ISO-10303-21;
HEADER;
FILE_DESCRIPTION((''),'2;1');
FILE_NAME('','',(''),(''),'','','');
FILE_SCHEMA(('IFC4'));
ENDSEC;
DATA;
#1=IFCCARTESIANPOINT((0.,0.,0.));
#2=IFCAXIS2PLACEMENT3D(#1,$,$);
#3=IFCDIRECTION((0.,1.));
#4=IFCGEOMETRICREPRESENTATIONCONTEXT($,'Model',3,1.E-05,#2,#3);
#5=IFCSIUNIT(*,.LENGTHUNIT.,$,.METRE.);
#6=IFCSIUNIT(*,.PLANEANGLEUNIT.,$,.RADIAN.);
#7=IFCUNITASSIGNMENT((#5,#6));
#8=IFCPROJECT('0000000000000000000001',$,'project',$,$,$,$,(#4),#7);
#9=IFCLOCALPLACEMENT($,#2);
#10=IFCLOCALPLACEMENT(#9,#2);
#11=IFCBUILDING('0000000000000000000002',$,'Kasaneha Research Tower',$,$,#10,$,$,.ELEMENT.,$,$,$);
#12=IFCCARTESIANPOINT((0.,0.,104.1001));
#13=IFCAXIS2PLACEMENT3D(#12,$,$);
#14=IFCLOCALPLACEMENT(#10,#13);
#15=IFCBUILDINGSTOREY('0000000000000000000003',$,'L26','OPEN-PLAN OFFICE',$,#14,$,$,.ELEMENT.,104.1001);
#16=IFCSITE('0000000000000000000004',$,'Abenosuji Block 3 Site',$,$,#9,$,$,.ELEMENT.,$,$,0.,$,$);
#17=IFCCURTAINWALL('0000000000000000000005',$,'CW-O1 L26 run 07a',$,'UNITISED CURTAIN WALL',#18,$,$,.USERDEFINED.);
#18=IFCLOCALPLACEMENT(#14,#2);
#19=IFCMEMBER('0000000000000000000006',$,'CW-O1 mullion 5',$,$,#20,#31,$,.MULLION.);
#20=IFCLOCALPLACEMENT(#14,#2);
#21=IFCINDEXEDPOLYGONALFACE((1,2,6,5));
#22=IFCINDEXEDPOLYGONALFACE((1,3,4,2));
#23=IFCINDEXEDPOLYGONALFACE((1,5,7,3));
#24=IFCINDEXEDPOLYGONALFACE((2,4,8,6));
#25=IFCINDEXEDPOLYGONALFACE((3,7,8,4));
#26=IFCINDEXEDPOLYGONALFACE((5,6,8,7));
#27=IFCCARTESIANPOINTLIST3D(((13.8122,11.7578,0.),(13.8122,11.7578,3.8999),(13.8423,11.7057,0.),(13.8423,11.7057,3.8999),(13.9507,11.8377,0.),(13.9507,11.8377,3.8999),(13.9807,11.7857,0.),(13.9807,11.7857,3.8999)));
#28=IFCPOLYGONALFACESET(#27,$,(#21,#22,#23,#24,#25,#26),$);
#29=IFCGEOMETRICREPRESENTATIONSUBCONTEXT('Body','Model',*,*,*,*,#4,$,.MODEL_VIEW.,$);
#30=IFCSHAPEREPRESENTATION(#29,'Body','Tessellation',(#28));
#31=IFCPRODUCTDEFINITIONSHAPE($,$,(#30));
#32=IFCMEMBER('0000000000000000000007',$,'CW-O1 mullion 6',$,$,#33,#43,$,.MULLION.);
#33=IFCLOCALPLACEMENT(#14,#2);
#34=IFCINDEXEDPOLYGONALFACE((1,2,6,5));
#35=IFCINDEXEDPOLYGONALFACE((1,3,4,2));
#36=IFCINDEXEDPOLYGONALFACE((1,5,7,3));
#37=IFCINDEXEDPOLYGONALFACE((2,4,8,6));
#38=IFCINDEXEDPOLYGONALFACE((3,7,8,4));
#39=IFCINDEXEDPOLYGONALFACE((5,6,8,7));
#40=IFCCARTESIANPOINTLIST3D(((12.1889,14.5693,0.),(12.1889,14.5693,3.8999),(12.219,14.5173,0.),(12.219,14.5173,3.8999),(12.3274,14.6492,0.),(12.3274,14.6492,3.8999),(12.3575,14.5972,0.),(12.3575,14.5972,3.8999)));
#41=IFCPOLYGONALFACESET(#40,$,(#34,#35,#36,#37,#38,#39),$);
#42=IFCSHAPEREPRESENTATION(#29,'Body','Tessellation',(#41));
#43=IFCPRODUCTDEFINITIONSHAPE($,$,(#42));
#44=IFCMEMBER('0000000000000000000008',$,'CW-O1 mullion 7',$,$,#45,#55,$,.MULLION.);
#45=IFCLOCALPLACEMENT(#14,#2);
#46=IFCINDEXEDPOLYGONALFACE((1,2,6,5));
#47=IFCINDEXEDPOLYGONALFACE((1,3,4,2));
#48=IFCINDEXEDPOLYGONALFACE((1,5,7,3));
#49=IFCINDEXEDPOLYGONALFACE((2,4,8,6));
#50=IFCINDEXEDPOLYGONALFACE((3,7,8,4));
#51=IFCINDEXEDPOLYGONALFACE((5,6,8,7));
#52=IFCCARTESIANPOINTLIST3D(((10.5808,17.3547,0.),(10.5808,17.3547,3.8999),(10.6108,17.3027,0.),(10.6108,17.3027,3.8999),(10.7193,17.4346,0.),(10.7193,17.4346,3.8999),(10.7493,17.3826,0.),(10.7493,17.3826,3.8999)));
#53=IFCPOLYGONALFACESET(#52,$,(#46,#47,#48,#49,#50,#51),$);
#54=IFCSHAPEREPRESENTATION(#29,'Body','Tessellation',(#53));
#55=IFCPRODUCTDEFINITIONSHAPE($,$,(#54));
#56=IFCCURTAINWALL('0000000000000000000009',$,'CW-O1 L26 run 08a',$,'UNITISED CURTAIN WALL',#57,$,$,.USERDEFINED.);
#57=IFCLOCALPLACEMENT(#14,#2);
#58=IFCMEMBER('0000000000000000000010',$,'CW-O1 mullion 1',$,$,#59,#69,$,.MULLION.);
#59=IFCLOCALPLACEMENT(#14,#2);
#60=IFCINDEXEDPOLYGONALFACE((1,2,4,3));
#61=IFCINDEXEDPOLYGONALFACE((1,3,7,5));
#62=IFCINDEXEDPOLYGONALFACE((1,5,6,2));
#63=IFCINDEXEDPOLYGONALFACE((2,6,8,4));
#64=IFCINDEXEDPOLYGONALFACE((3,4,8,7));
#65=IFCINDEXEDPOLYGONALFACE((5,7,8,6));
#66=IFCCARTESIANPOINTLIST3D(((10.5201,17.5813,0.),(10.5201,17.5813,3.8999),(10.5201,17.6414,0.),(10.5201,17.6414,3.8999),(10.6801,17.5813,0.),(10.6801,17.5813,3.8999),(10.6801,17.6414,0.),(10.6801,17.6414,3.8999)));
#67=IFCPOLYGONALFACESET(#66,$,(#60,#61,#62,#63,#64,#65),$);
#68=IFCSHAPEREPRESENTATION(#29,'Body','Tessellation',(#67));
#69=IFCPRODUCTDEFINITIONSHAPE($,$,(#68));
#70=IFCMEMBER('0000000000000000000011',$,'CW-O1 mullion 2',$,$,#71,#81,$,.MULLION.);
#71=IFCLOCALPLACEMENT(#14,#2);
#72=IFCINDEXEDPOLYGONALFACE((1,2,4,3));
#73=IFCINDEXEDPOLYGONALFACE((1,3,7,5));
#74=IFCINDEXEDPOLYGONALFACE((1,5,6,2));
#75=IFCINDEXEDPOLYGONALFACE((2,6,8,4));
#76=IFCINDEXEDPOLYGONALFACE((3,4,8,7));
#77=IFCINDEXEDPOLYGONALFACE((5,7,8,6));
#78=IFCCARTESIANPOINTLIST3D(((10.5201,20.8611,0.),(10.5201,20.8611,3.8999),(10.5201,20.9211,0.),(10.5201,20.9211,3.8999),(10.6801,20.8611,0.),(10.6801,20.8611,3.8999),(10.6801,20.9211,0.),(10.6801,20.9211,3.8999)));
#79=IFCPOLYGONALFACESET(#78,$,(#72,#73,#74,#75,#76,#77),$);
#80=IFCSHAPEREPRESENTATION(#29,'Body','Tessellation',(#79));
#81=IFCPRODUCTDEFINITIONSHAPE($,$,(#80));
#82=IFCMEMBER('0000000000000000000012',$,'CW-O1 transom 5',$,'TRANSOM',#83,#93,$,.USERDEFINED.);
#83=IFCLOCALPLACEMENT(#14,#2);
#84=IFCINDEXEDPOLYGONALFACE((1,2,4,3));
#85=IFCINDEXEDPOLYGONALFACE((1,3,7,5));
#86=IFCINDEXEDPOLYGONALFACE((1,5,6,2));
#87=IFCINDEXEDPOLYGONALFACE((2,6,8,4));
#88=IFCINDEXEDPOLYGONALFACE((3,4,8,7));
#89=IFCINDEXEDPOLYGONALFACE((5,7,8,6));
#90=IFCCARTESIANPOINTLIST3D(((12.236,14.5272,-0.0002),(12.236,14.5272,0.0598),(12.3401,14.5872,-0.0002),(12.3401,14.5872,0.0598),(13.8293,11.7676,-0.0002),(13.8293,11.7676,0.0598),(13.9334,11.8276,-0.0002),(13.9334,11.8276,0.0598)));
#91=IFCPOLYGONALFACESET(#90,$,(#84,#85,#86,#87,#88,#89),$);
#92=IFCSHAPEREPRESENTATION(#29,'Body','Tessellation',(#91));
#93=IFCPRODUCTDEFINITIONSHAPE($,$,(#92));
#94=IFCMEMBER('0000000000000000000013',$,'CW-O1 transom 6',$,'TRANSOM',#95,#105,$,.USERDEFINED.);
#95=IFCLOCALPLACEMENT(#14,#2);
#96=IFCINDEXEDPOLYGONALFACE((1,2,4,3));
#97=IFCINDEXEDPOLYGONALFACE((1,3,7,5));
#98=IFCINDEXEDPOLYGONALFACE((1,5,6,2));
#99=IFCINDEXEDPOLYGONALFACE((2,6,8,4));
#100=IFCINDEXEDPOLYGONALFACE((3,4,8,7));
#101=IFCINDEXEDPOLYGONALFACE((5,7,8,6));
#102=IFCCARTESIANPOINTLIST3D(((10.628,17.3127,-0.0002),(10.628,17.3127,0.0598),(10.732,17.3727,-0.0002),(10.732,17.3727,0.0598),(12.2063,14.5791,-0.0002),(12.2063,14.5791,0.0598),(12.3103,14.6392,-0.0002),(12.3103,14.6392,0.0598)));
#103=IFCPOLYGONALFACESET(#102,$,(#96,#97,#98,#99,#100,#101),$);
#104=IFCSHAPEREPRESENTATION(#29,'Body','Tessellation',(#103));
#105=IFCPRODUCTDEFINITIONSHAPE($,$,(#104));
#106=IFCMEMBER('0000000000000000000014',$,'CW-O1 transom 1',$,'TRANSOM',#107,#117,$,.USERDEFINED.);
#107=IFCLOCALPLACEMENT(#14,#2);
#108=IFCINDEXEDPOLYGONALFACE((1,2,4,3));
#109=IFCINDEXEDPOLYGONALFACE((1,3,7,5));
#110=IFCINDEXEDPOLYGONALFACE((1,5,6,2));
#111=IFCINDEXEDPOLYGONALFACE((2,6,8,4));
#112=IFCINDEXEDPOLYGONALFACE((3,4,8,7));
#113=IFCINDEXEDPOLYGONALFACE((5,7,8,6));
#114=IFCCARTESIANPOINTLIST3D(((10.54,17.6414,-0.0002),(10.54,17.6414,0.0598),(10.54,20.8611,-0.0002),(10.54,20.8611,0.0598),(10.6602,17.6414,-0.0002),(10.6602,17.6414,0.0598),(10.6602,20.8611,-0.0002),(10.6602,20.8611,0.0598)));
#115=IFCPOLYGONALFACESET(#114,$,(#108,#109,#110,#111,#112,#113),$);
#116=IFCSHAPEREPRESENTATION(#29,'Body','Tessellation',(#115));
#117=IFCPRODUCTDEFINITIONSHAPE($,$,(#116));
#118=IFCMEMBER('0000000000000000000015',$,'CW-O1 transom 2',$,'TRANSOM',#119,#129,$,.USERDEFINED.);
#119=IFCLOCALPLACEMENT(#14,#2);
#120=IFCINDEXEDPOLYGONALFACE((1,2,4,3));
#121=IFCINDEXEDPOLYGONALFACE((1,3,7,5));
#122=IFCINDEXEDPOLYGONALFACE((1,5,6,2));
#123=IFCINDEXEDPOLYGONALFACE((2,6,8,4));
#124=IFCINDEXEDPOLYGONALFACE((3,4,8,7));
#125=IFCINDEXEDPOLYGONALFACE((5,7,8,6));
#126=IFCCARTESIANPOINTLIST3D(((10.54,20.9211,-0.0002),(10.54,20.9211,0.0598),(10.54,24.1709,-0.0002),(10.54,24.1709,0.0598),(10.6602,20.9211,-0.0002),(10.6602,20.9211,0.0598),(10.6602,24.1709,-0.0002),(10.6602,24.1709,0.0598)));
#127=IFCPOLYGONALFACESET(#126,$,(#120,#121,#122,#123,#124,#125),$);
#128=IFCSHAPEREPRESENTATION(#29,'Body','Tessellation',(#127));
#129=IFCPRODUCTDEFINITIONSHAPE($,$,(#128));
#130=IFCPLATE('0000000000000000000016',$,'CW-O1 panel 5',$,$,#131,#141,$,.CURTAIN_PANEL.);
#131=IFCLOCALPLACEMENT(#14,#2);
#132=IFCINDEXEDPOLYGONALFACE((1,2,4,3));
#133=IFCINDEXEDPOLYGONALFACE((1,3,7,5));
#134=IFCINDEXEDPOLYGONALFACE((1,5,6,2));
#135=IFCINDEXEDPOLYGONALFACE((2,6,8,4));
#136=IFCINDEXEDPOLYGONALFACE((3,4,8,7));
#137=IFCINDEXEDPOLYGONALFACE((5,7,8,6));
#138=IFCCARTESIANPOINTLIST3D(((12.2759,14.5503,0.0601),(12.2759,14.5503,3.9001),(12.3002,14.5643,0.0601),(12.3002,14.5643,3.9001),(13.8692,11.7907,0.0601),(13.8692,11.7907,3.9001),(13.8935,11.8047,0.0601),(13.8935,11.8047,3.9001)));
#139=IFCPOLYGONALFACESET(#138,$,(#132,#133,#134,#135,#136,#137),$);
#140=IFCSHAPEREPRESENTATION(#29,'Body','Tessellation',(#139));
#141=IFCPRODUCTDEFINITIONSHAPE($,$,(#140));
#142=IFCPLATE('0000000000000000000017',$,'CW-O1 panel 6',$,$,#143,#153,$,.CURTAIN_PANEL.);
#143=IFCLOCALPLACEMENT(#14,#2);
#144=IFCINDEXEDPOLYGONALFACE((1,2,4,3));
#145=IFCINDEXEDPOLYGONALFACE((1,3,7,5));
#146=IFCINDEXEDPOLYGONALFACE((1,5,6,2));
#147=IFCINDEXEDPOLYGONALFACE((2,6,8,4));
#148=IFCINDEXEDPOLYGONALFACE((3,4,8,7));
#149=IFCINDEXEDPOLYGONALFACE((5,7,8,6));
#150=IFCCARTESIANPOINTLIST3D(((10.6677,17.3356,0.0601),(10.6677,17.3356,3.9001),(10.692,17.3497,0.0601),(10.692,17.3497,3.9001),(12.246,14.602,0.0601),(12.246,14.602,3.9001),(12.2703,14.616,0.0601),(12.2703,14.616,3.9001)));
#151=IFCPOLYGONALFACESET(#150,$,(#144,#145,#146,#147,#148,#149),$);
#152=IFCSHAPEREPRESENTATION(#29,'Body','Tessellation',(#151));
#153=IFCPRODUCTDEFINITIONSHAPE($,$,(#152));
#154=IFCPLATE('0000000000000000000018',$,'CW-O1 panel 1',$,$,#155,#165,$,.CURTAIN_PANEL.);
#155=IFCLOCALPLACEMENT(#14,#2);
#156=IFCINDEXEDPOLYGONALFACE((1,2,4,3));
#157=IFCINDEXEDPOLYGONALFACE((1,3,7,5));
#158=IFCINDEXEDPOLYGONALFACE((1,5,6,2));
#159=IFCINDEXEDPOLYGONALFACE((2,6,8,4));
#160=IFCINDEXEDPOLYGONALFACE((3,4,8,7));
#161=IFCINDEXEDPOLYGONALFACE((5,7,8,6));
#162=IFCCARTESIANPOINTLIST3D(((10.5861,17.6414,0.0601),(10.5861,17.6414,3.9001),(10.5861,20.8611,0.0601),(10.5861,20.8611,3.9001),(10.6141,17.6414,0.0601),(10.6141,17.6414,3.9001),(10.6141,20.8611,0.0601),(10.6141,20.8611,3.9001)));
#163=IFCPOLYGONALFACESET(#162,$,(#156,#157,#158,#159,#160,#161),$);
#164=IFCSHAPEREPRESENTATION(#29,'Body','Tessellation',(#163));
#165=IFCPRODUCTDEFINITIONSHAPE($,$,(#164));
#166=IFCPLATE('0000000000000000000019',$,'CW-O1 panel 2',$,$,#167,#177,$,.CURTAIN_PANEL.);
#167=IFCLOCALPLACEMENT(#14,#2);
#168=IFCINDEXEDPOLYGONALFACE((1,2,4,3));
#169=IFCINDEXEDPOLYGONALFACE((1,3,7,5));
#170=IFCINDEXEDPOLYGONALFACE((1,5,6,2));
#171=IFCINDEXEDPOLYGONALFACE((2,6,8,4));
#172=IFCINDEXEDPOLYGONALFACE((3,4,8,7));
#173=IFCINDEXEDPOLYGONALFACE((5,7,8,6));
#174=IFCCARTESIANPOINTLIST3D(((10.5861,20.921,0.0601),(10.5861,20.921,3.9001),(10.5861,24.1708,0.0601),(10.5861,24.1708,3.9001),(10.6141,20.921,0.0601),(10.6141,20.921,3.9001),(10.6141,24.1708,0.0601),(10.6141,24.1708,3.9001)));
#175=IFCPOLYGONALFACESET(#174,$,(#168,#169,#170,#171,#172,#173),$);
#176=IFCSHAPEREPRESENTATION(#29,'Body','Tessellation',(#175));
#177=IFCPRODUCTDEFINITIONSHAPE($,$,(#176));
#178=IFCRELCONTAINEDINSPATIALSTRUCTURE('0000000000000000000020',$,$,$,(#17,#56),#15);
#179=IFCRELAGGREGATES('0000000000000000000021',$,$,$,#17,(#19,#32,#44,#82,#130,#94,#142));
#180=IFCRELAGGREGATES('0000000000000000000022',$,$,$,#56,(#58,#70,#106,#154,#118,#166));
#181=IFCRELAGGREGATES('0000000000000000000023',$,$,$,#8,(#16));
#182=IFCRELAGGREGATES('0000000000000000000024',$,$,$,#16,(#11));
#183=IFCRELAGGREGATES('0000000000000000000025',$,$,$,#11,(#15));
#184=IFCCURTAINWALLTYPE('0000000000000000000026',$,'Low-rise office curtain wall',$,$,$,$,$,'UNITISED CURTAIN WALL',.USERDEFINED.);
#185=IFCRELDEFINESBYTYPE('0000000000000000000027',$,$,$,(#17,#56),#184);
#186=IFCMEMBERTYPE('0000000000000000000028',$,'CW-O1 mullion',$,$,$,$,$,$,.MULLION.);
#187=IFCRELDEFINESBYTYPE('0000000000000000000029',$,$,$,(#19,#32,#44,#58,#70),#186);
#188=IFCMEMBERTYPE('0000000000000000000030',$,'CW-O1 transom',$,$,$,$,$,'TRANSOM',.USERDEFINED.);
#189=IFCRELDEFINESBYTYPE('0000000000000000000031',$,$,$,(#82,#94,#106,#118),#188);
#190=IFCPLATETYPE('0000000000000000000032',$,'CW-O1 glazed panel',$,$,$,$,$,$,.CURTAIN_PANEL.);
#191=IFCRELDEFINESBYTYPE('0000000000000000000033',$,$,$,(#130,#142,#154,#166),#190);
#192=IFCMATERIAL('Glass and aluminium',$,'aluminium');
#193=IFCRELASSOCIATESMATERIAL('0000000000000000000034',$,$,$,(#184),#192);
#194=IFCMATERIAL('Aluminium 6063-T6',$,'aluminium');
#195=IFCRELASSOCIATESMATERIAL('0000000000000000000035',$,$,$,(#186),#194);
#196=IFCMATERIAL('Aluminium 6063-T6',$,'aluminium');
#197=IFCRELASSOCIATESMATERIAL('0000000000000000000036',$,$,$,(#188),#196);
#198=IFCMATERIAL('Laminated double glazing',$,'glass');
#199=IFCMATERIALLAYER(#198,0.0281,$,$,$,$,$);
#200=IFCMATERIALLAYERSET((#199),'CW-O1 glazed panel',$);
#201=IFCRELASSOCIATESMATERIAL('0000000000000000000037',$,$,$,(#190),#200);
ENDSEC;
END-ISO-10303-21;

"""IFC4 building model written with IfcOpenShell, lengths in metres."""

from ifc_helpers import new_model, si_unit, direction, frame, origin, origin_2d, place, context, subcontext, project, spatial, rectangle, extrude, material, layer, layer_set, material_profile, profile_set, type_object, element, aggregate, save


model = new_model("IFC4")

# Units and contexts
model_context = context("Model", 3, precision=1e-05, world=origin(), true_north=direction((0.0, 1.0)))
body_context = subcontext(model_context, "Body", "Model", "MODEL_VIEW")
ifc_project = project(units=[si_unit("LENGTHUNIT", "METRE"), si_unit("PLANEANGLEUNIT", "RADIAN")], contexts=[model_context])

# Site, building, storey
site_placement = place(None, origin())
site = spatial("IfcSite", under=ifc_project, at=site_placement, Name="Abenosuji Block 3 Site", CompositionType="ELEMENT", RefElevation=0.0)
building_placement = place(site_placement, origin())
building = spatial("IfcBuilding", under=site, at=building_placement, Name="Kasaneha Research Tower", CompositionType="ELEMENT")
storey_placement = place(building_placement, frame((0.0, 0.0, 104.1001)))
storey = spatial("IfcBuildingStorey", under=building, at=storey_placement, Name="L26", Description="OPEN-PLAN OFFICE", CompositionType="ELEMENT", Elevation=104.1001)

# Curtain walls, members
ifc_material_1 = material(Name="Glass and aluminium", Category="aluminium")
curtain_wall_type = type_object("IfcCurtainWallType", Name="Low-rise office curtain wall", ElementType="UNITISED CURTAIN WALL", PredefinedType="USERDEFINED", material=ifc_material_1)
curtain_wall_1_placement = place(storey_placement, origin())
curtain_wall_1 = element("IfcCurtainWall", 1, at=curtain_wall_1_placement, inside=storey, type_object=curtain_wall_type, Name="CW-O1 L26 run 07a", ObjectType="UNITISED CURTAIN WALL", PredefinedType="USERDEFINED")
ifc_material_2 = material(Name="Aluminium 6063-T6", Category="aluminium")
ifc_material_profile_1 = material_profile(ifc_material_2, rectangle(XDim=0.0601, YDim=0.1599, at=origin_2d()), Name="CW-O1 mullion 60x160")
ifc_profile_set_1 = profile_set([ifc_material_profile_1], Name="Aluminium 6063-T6")
member_type_1 = type_object("IfcMemberType", Name="CW-O1 mullion", PredefinedType="MULLION", material=ifc_profile_set_1)
member_1_placement = place(storey_placement, frame((13.8965, 11.7717, 0.0), z_axis=(0.0, 0.0, 1.0), x_axis=(-0.5, 0.866025, 0.0)))
member_1 = element("IfcMember", 2, at=member_1_placement, type_object=member_type_1, Name="CW-O1 mullion 5", PredefinedType="MULLION", context=body_context, shape_type="SweptSolid", body=[
    extrude(rectangle(XDim=0.0601, YDim=0.1599, at=origin_2d()), origin(), (0.0, 0.0, 1.0), 3.8999),
])
member_2_placement = place(storey_placement, frame((12.2732, 14.5833, 0.0), z_axis=(0.0, 0.0, 1.0), x_axis=(-0.5, 0.866025, 0.0)))
member_2 = element("IfcMember", 3, at=member_2_placement, type_object=member_type_1, Name="CW-O1 mullion 6", PredefinedType="MULLION", context=body_context, shape_type="SweptSolid", body=[
    extrude(rectangle(XDim=0.0601, YDim=0.1599, at=origin_2d()), origin(), (0.0, 0.0, 1.0), 3.8999),
])
member_3_placement = place(storey_placement, frame((10.665, 17.3687, 0.0), z_axis=(0.0, 0.0, 1.0), x_axis=(-0.5, 0.866025, 0.0)))
member_3 = element("IfcMember", 4, at=member_3_placement, type_object=member_type_1, Name="CW-O1 mullion 7", PredefinedType="MULLION", context=body_context, shape_type="SweptSolid", body=[
    extrude(rectangle(XDim=0.0601, YDim=0.1599, at=origin_2d()), origin(), (0.0, 0.0, 1.0), 3.8999),
])
curtain_wall_2_placement = place(storey_placement, origin())
curtain_wall_2 = element("IfcCurtainWall", 5, at=curtain_wall_2_placement, inside=storey, type_object=curtain_wall_type, Name="CW-O1 L26 run 08a", ObjectType="UNITISED CURTAIN WALL", PredefinedType="USERDEFINED")
member_4_placement = place(storey_placement, frame((10.6001, 17.6113, 0.0), z_axis=(0.0, 0.0, 1.0), x_axis=(0.0, 1.0, 0.0)))
member_4 = element("IfcMember", 6, at=member_4_placement, type_object=member_type_1, Name="CW-O1 mullion 1", PredefinedType="MULLION", context=body_context, shape_type="SweptSolid", body=[
    extrude(rectangle(XDim=0.0601, YDim=0.1599, at=origin_2d()), origin(), (0.0, 0.0, 1.0), 3.8999),
])
member_5_placement = place(storey_placement, frame((10.6001, 20.8911, 0.0), z_axis=(0.0, 0.0, 1.0), x_axis=(0.0, 1.0, 0.0)))
member_5 = element("IfcMember", 7, at=member_5_placement, type_object=member_type_1, Name="CW-O1 mullion 2", PredefinedType="MULLION", context=body_context, shape_type="SweptSolid", body=[
    extrude(rectangle(XDim=0.0601, YDim=0.1599, at=origin_2d()), origin(), (0.0, 0.0, 1.0), 3.8999),
])

# Members
ifc_material_3 = material(Name="Aluminium 6063-T6", Category="aluminium")
ifc_material_profile_2 = material_profile(ifc_material_3, rectangle(XDim=0.1201, YDim=0.0601, at=origin_2d()), Name="CW-O1 transom 120x60")
ifc_profile_set_2 = profile_set([ifc_material_profile_2], Name="Aluminium 6063-T6")
member_type_2 = type_object("IfcMemberType", Name="CW-O1 transom", ElementType="TRANSOM", PredefinedType="USERDEFINED", material=ifc_profile_set_2)
member_6_placement = place(storey_placement, frame((13.8813, 11.7976, 0.0298), z_axis=(-0.500012, 0.866018, 0.0), x_axis=(-0.866018, -0.500012, 0.0)))
member_6 = element("IfcMember", 8, at=member_6_placement, type_object=member_type_2, Name="CW-O1 transom 5", ObjectType="TRANSOM", PredefinedType="USERDEFINED", context=body_context, shape_type="SweptSolid", body=[
    extrude(rectangle(XDim=0.1201, YDim=0.0601, at=origin_2d()), origin(), (0.0, 0.0, 1.0), 3.1865),
])
member_7_placement = place(storey_placement, frame((12.2583, 14.6091, 0.0298), z_axis=(-0.500024, 0.866012, 0.0), x_axis=(-0.866012, -0.500024, 0.0)))
member_7 = element("IfcMember", 9, at=member_7_placement, type_object=member_type_2, Name="CW-O1 transom 6", ObjectType="TRANSOM", PredefinedType="USERDEFINED", context=body_context, shape_type="SweptSolid", body=[
    extrude(rectangle(XDim=0.1201, YDim=0.0601, at=origin_2d()), origin(), (0.0, 0.0, 1.0), 3.1565),
])
member_8_placement = place(storey_placement, frame((10.6001, 17.6414, 0.0298), z_axis=(0.0, 1.0, 0.0), x_axis=(-1.0, 0.0, 0.0)))
member_8 = element("IfcMember", 10, at=member_8_placement, type_object=member_type_2, Name="CW-O1 transom 1", ObjectType="TRANSOM", PredefinedType="USERDEFINED", context=body_context, shape_type="SweptSolid", body=[
    extrude(rectangle(XDim=0.1201, YDim=0.0601, at=origin_2d()), origin(), (0.0, 0.0, 1.0), 3.2197),
])
member_9_placement = place(storey_placement, frame((10.6001, 20.9211, 0.0298), z_axis=(0.0, 1.0, 0.0), x_axis=(-1.0, 0.0, 0.0)))
member_9 = element("IfcMember", 11, at=member_9_placement, type_object=member_type_2, Name="CW-O1 transom 2", ObjectType="TRANSOM", PredefinedType="USERDEFINED", context=body_context, shape_type="SweptSolid", body=[
    extrude(rectangle(XDim=0.1201, YDim=0.0601, at=origin_2d()), origin(), (0.0, 0.0, 1.0), 3.2498),
])

# Plates
ifc_material_4 = material(Name="Laminated double glazing", Category="glass")
ifc_layer_1 = layer(ifc_material_4, 0.0281)
ifc_layer_set_1 = layer_set([ifc_layer_1], Name="CW-O1 glazed panel")
plate_type = type_object("IfcPlateType", Name="CW-O1 glazed panel", PredefinedType="CURTAIN_PANEL", material=ifc_layer_set_1)
plate_1_placement = place(storey_placement, frame((13.0847, 13.1775, 0.0601), z_axis=(0.0, 0.0, 1.0), x_axis=(-0.5, 0.866025, 0.0)))
plate_1 = element("IfcPlate", 12, at=plate_1_placement, type_object=plate_type, Name="CW-O1 panel 5", PredefinedType="CURTAIN_PANEL", context=body_context, shape_type="SweptSolid", body=[
    extrude(rectangle(XDim=3.1865, YDim=0.0281, at=origin_2d()), origin(), (0.0, 0.0, 1.0), 3.8401),
])
plate_2_placement = place(storey_placement, frame((11.469, 15.9758, 0.0601), z_axis=(0.0, 0.0, 1.0), x_axis=(-0.5, 0.866025, 0.0)))
plate_2 = element("IfcPlate", 13, at=plate_2_placement, type_object=plate_type, Name="CW-O1 panel 6", PredefinedType="CURTAIN_PANEL", context=body_context, shape_type="SweptSolid", body=[
    extrude(rectangle(XDim=3.1565, YDim=0.0281, at=origin_2d()), origin(), (0.0, 0.0, 1.0), 3.8401),
])
aggregate(curtain_wall_1, [member_1, member_2, member_3, member_6, plate_1, member_7, plate_2])
plate_3_placement = place(storey_placement, frame((10.6001, 19.2512, 0.0601), z_axis=(0.0, 0.0, 1.0), x_axis=(0.0, 1.0, 0.0)))
plate_3 = element("IfcPlate", 14, at=plate_3_placement, type_object=plate_type, Name="CW-O1 panel 1", PredefinedType="CURTAIN_PANEL", context=body_context, shape_type="SweptSolid", body=[
    extrude(rectangle(XDim=3.2197, YDim=0.0281, at=origin_2d()), origin(), (0.0, 0.0, 1.0), 3.8401),
])
plate_4_placement = place(storey_placement, frame((10.6001, 22.5459, 0.0601), z_axis=(0.0, 0.0, 1.0), x_axis=(0.0, 1.0, 0.0)))
plate_4 = element("IfcPlate", 15, at=plate_4_placement, type_object=plate_type, Name="CW-O1 panel 2", PredefinedType="CURTAIN_PANEL", context=body_context, shape_type="SweptSolid", body=[
    extrude(rectangle(XDim=3.2498, YDim=0.0281, at=origin_2d()), origin(), (0.0, 0.0, 1.0), 3.8401),
])
aggregate(curtain_wall_2, [member_4, member_5, member_8, plate_3, member_9, plate_4])

save(model, "model.ifc")
